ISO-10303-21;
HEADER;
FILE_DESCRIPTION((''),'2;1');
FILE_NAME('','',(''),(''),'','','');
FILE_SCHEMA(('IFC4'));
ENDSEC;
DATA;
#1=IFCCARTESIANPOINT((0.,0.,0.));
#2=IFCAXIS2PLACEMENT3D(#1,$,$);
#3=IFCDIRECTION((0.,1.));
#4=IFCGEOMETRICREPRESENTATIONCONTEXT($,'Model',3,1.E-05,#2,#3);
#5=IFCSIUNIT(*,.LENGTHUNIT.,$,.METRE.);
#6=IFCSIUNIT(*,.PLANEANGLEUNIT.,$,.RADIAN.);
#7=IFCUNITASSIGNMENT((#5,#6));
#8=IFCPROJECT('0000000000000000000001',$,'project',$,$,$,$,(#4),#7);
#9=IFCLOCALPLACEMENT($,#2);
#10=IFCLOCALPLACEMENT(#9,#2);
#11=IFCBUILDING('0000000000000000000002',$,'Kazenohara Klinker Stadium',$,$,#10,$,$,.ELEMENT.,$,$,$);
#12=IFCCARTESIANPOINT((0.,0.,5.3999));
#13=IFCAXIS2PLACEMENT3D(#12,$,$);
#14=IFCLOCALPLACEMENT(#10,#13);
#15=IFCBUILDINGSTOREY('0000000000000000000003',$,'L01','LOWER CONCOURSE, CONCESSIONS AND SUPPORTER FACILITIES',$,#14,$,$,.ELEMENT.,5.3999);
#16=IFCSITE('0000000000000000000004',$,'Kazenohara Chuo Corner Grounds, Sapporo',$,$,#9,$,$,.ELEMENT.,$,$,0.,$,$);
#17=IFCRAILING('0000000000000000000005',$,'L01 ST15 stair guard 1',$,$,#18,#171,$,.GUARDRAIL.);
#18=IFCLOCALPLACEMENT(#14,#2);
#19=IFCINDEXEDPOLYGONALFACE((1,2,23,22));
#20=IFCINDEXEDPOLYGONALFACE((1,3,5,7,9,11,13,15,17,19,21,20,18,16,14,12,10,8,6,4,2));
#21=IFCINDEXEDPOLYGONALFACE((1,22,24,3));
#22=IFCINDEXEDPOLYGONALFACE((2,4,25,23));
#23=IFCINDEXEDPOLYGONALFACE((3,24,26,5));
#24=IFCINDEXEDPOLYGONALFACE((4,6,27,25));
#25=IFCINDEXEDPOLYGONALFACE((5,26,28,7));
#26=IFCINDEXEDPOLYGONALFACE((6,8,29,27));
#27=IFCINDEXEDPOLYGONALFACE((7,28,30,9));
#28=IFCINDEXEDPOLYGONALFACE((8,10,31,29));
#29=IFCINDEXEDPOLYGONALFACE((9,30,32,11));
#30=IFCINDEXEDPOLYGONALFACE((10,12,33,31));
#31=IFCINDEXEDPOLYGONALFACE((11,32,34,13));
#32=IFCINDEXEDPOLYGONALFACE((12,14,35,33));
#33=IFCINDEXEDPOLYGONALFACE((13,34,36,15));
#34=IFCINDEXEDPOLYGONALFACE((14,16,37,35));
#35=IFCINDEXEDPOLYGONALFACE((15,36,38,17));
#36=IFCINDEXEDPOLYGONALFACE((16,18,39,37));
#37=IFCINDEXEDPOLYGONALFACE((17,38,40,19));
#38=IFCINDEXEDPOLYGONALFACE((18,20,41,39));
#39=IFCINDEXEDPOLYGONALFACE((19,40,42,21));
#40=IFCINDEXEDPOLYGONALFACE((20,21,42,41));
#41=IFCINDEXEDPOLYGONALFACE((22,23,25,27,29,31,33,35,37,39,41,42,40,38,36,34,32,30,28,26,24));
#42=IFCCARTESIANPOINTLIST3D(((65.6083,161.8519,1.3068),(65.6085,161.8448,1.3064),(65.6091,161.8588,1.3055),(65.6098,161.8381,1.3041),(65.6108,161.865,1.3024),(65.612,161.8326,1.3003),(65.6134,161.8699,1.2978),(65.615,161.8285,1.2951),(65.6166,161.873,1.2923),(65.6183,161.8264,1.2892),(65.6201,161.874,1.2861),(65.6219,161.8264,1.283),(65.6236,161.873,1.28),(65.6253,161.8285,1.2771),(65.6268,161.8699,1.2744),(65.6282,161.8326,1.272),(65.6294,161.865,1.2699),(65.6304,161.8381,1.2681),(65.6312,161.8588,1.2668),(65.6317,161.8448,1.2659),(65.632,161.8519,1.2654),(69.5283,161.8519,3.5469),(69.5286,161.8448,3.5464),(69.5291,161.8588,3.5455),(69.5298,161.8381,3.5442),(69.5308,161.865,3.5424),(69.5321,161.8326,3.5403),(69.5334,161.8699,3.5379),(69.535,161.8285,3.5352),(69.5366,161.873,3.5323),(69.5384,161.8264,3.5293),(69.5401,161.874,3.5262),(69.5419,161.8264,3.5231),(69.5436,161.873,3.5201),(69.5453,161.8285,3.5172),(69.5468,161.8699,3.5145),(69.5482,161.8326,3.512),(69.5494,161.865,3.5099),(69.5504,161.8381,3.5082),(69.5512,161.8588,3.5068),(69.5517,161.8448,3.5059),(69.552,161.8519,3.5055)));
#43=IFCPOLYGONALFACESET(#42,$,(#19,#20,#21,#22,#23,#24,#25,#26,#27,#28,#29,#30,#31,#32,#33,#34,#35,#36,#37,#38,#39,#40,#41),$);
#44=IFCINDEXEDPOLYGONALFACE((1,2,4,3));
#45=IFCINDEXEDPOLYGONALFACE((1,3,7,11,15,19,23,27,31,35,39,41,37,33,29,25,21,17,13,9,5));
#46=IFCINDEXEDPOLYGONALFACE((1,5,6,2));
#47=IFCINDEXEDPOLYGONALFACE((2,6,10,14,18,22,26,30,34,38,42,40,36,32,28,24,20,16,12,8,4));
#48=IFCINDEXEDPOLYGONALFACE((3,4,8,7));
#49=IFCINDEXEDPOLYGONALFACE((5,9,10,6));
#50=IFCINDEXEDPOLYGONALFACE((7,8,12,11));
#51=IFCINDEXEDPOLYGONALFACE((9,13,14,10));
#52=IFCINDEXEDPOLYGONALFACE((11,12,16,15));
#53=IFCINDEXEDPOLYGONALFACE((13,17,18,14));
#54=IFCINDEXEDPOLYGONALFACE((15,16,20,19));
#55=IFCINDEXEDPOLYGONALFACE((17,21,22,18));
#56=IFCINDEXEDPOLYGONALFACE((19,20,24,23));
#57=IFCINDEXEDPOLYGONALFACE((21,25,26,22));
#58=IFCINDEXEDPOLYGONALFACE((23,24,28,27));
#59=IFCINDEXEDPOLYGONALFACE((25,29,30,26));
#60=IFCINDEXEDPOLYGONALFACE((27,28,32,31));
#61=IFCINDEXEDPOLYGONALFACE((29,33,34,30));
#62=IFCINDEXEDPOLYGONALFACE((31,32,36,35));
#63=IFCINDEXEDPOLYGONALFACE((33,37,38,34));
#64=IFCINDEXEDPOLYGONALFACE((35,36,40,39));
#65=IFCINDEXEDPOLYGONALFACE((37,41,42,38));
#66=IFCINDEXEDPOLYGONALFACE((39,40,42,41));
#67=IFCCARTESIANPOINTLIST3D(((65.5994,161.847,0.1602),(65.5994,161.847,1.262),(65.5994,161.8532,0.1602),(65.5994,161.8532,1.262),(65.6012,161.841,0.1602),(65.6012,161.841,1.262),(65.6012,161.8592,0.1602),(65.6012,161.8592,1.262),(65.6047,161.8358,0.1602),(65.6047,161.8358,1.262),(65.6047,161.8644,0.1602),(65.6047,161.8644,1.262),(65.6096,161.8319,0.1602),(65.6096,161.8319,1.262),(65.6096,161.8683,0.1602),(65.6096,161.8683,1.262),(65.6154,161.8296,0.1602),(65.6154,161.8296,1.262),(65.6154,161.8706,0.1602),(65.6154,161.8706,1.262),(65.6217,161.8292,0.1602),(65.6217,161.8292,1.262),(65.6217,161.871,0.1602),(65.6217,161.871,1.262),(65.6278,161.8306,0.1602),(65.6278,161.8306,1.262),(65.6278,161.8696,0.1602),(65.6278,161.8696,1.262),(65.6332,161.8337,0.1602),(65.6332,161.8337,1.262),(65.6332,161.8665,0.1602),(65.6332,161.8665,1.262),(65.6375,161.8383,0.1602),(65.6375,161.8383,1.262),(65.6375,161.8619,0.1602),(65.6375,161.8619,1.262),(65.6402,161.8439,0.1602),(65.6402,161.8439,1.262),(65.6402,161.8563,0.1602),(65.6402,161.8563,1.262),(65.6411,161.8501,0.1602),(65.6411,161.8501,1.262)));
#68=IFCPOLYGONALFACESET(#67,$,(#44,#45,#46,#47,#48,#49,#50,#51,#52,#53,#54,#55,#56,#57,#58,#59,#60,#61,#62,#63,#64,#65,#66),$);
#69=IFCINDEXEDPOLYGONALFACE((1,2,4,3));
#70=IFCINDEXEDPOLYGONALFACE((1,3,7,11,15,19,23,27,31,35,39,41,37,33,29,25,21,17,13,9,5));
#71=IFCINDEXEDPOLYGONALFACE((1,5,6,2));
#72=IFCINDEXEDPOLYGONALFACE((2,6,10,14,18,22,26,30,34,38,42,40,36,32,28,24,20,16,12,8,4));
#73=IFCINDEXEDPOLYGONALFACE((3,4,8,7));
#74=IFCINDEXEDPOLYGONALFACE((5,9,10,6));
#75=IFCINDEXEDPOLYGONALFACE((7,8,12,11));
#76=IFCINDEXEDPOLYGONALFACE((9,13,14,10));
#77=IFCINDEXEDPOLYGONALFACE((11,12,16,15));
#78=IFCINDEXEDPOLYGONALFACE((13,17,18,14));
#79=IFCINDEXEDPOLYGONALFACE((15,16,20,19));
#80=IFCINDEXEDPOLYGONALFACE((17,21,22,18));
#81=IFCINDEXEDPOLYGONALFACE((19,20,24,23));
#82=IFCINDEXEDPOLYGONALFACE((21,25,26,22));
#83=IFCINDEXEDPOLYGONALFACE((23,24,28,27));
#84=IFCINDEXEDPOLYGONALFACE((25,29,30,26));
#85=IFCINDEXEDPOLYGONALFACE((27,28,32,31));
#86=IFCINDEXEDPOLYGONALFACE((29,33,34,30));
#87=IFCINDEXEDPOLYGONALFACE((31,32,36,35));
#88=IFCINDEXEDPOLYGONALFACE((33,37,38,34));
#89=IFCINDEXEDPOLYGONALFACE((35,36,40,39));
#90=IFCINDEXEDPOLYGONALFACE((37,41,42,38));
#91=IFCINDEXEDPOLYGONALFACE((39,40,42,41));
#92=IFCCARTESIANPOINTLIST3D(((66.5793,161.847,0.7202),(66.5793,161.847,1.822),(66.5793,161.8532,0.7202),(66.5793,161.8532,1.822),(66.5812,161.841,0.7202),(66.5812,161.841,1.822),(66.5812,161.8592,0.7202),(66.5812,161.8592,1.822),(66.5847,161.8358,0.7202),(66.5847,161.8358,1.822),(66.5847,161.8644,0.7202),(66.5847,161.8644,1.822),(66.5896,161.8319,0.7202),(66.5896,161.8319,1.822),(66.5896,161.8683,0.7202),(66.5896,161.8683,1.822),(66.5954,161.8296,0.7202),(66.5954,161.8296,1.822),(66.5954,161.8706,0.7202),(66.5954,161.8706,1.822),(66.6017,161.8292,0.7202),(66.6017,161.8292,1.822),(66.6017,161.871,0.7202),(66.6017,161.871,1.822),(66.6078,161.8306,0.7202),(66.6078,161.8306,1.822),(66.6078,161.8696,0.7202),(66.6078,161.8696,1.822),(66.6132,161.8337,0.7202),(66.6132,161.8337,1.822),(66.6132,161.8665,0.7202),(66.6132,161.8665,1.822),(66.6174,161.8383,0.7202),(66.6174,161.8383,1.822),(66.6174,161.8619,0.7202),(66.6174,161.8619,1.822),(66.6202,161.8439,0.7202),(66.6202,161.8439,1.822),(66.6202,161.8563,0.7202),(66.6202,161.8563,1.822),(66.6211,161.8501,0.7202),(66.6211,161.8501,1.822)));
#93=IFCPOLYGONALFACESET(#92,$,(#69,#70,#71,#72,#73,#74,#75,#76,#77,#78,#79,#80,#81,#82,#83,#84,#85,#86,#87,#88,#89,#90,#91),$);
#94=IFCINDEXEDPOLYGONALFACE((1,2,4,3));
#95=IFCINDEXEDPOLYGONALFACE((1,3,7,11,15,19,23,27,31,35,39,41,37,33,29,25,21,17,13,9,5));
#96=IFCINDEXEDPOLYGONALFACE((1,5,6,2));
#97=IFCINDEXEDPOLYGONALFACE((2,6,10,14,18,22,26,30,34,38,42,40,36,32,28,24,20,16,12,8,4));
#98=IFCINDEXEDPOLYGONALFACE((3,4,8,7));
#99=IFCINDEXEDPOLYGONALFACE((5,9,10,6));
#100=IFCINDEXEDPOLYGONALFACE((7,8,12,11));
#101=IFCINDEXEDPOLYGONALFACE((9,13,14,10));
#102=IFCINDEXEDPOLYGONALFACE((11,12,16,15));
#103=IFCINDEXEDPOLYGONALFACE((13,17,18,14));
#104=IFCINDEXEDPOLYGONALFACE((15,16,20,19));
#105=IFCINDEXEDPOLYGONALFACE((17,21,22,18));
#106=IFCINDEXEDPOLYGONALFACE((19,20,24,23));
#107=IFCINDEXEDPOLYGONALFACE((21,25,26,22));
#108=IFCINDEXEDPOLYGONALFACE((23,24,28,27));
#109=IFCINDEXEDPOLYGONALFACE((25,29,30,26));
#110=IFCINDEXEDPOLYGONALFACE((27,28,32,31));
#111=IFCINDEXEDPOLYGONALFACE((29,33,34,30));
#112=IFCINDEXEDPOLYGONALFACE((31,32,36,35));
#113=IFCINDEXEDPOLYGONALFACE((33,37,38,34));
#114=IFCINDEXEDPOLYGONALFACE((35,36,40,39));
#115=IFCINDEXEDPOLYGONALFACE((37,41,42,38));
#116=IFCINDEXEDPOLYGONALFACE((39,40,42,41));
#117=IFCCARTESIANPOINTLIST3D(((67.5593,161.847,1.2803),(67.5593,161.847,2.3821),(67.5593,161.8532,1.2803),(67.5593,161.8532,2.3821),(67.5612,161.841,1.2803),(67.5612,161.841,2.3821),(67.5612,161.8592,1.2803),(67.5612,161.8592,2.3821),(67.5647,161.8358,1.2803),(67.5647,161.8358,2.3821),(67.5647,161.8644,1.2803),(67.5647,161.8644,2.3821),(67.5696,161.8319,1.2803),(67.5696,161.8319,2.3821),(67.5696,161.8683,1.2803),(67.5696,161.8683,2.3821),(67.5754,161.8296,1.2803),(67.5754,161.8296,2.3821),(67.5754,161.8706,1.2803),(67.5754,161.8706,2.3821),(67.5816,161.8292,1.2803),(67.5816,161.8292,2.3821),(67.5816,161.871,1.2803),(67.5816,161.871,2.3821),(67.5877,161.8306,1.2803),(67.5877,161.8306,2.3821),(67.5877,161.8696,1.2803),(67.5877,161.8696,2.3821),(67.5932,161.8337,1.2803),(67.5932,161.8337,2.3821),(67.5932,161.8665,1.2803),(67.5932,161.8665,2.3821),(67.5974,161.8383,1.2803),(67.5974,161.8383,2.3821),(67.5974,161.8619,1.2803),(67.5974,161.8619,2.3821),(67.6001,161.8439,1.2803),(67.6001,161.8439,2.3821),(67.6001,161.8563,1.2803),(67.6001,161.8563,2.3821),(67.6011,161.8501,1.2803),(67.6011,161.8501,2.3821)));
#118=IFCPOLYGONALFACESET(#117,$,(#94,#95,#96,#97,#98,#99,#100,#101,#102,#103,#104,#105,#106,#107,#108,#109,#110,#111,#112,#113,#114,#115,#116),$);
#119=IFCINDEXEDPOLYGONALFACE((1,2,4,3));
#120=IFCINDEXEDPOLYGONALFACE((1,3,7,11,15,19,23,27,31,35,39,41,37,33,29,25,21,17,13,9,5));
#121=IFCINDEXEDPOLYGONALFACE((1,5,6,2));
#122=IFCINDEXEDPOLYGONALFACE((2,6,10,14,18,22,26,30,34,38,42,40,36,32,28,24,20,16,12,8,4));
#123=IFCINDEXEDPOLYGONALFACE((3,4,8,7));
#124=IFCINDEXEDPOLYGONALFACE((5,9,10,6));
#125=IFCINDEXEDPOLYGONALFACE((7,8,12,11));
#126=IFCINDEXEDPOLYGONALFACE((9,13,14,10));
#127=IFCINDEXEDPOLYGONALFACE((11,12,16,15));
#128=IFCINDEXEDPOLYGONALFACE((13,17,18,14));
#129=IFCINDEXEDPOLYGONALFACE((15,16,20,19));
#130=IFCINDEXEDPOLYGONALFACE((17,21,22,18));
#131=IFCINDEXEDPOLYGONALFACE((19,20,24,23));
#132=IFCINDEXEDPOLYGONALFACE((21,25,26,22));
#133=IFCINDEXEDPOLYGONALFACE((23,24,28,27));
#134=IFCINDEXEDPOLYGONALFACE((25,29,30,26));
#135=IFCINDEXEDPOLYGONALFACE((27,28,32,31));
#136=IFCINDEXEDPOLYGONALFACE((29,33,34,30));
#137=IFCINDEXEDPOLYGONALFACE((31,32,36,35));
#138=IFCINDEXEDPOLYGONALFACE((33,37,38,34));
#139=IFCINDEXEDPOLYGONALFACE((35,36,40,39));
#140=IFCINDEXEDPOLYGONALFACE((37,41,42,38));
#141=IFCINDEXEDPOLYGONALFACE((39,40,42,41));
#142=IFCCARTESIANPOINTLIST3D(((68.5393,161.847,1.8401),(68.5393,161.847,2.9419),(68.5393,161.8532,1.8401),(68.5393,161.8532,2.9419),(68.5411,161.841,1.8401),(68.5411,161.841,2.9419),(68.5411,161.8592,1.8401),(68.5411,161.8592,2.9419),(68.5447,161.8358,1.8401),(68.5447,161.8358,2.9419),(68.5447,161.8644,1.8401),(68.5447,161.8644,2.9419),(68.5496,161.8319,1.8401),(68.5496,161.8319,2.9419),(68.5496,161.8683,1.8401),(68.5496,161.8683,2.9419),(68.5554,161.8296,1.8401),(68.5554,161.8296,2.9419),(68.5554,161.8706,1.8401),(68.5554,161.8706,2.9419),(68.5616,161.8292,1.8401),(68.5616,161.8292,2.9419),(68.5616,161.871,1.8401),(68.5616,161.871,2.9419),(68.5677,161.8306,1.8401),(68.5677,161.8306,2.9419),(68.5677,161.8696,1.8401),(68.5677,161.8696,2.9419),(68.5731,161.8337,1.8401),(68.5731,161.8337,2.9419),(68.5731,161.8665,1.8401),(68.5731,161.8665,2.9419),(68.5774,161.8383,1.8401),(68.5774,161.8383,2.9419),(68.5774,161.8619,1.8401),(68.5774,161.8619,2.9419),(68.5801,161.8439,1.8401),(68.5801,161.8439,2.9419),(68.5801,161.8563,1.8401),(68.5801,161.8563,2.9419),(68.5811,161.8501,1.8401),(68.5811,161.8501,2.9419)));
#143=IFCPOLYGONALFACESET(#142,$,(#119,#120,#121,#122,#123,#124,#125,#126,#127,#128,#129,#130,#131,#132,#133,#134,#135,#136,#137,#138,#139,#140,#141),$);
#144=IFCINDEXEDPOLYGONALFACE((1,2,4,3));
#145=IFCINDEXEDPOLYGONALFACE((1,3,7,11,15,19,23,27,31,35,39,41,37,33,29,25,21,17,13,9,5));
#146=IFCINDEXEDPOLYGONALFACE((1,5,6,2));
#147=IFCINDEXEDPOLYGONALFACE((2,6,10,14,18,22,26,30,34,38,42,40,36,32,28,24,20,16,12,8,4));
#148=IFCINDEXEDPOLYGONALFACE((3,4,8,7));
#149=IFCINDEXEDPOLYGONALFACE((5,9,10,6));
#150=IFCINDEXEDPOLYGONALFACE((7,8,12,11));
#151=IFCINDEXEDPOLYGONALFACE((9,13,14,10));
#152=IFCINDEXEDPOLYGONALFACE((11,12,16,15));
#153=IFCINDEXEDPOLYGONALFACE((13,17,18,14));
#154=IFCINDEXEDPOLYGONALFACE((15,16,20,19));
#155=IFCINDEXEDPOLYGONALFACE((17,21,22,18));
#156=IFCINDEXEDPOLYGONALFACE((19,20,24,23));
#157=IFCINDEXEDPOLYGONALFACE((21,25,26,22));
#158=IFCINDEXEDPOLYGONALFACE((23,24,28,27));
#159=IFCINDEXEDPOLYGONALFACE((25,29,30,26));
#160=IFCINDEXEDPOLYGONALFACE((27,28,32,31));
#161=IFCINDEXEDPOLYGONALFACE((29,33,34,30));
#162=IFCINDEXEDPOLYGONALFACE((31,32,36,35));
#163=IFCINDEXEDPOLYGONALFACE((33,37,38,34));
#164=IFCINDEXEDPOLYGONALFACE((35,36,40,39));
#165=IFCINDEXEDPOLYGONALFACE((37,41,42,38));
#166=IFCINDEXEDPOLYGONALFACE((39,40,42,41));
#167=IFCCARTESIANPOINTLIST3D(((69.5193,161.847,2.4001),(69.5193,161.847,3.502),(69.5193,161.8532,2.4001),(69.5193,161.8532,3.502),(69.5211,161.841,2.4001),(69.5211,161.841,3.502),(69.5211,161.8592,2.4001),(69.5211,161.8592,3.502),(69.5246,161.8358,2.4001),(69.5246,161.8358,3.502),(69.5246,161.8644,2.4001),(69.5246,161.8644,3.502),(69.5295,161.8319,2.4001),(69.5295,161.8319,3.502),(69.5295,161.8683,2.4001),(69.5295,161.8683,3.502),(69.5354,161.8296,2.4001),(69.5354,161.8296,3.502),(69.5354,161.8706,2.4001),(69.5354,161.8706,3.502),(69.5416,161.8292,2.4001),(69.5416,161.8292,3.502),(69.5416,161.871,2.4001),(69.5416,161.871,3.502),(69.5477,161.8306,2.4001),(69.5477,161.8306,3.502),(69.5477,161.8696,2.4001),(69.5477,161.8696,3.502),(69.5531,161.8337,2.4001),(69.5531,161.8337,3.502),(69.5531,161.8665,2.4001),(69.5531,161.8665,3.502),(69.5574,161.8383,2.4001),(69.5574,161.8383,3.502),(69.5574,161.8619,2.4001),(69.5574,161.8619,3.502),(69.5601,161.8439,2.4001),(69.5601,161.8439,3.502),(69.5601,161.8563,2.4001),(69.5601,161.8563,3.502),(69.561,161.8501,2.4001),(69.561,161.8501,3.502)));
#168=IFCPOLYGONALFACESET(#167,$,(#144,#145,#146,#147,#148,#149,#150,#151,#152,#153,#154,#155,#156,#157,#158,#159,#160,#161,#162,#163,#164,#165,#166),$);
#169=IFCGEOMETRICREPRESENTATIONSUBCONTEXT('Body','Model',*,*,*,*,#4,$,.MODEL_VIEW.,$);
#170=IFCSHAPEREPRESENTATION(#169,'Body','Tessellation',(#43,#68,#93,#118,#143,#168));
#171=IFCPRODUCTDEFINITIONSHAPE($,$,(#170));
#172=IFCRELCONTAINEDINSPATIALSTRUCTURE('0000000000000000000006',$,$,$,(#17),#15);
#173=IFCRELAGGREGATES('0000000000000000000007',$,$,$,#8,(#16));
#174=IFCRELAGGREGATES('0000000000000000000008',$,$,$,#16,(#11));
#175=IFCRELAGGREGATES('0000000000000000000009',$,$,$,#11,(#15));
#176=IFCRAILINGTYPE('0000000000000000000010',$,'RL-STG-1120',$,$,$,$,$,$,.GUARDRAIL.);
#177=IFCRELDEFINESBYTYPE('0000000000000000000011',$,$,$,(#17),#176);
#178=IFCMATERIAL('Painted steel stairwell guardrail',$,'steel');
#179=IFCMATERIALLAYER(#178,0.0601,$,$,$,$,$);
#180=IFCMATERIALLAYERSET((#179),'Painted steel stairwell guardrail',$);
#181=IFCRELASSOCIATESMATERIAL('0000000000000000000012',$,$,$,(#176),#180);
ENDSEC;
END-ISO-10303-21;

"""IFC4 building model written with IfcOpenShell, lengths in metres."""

from ifc_helpers import new_model, si_unit, direction, frame, origin, origin_2d, place, context, subcontext, project, spatial, circle, extrude, material, layer, layer_set, type_object, element, save


model = new_model("IFC4")

# Units and contexts
model_context = context("Model", 3, precision=1e-05, world=origin(), true_north=direction((0.0, 1.0)))
body_context = subcontext(model_context, "Body", "Model", "MODEL_VIEW")
ifc_project = project(units=[si_unit("LENGTHUNIT", "METRE"), si_unit("PLANEANGLEUNIT", "RADIAN")], contexts=[model_context])

# Site, building, storey
site_placement = place(None, origin())
site = spatial("IfcSite", under=ifc_project, at=site_placement, Name="Kazenohara Chuo Corner Grounds, Sapporo", CompositionType="ELEMENT", RefElevation=0.0)
building_placement = place(site_placement, origin())
building = spatial("IfcBuilding", under=site, at=building_placement, Name="Kazenohara Klinker Stadium", CompositionType="ELEMENT")
storey_placement = place(building_placement, frame((0.0, 0.0, 5.3999)))
storey = spatial("IfcBuildingStorey", under=building, at=storey_placement, Name="L01", Description="LOWER CONCOURSE, CONCESSIONS AND SUPPORTER FACILITIES", CompositionType="ELEMENT", Elevation=5.3999)

# Railing
ifc_material_1 = material(Name="Painted steel stairwell guardrail", Category="steel")
ifc_layer_1 = layer(ifc_material_1, 0.0601)
ifc_layer_set_1 = layer_set([ifc_layer_1], Name="Painted steel stairwell guardrail")
railing_type_1 = type_object("IfcRailingType", Name="RL-STG-1120", PredefinedType="GUARDRAIL", material=ifc_layer_set_1)
railing_1_placement = place(storey_placement, frame((65.6201, 161.8501, 0.1602)))
element("IfcRailing", 1, at=railing_1_placement, inside=storey, type_object=railing_type_1, Name="L01 ST15 stair guard 1", PredefinedType="GUARDRAIL", context=body_context, shape_type="SweptSolid", body=[
    extrude(circle(Radius=0.0239, at=origin_2d()), frame((0.0, 0.0, 1.126), z_axis=(0.86824, 0.0, 0.496145), x_axis=(0.0, 1.0, 0.0)), (0.0, 0.0, 1.0), 4.5149),
    extrude(circle(Radius=0.021, at=origin_2d()), origin(), (0.0, 0.0, 1.0), 1.1018),
    extrude(circle(Radius=0.021, at=origin_2d()), frame((0.98, 0.0, 0.5601)), (0.0, 0.0, 1.0), 1.1018),
    extrude(circle(Radius=0.021, at=origin_2d()), frame((1.96, 0.0, 1.1201)), (0.0, 0.0, 1.0), 1.1018),
    extrude(circle(Radius=0.021, at=origin_2d()), frame((2.9399, 0.0, 1.6799)), (0.0, 0.0, 1.0), 1.1018),
    extrude(circle(Radius=0.021, at=origin_2d()), frame((3.9199, 0.0, 2.24)), (0.0, 0.0, 1.0), 1.1018),
])

save(model, "model.ifc")
